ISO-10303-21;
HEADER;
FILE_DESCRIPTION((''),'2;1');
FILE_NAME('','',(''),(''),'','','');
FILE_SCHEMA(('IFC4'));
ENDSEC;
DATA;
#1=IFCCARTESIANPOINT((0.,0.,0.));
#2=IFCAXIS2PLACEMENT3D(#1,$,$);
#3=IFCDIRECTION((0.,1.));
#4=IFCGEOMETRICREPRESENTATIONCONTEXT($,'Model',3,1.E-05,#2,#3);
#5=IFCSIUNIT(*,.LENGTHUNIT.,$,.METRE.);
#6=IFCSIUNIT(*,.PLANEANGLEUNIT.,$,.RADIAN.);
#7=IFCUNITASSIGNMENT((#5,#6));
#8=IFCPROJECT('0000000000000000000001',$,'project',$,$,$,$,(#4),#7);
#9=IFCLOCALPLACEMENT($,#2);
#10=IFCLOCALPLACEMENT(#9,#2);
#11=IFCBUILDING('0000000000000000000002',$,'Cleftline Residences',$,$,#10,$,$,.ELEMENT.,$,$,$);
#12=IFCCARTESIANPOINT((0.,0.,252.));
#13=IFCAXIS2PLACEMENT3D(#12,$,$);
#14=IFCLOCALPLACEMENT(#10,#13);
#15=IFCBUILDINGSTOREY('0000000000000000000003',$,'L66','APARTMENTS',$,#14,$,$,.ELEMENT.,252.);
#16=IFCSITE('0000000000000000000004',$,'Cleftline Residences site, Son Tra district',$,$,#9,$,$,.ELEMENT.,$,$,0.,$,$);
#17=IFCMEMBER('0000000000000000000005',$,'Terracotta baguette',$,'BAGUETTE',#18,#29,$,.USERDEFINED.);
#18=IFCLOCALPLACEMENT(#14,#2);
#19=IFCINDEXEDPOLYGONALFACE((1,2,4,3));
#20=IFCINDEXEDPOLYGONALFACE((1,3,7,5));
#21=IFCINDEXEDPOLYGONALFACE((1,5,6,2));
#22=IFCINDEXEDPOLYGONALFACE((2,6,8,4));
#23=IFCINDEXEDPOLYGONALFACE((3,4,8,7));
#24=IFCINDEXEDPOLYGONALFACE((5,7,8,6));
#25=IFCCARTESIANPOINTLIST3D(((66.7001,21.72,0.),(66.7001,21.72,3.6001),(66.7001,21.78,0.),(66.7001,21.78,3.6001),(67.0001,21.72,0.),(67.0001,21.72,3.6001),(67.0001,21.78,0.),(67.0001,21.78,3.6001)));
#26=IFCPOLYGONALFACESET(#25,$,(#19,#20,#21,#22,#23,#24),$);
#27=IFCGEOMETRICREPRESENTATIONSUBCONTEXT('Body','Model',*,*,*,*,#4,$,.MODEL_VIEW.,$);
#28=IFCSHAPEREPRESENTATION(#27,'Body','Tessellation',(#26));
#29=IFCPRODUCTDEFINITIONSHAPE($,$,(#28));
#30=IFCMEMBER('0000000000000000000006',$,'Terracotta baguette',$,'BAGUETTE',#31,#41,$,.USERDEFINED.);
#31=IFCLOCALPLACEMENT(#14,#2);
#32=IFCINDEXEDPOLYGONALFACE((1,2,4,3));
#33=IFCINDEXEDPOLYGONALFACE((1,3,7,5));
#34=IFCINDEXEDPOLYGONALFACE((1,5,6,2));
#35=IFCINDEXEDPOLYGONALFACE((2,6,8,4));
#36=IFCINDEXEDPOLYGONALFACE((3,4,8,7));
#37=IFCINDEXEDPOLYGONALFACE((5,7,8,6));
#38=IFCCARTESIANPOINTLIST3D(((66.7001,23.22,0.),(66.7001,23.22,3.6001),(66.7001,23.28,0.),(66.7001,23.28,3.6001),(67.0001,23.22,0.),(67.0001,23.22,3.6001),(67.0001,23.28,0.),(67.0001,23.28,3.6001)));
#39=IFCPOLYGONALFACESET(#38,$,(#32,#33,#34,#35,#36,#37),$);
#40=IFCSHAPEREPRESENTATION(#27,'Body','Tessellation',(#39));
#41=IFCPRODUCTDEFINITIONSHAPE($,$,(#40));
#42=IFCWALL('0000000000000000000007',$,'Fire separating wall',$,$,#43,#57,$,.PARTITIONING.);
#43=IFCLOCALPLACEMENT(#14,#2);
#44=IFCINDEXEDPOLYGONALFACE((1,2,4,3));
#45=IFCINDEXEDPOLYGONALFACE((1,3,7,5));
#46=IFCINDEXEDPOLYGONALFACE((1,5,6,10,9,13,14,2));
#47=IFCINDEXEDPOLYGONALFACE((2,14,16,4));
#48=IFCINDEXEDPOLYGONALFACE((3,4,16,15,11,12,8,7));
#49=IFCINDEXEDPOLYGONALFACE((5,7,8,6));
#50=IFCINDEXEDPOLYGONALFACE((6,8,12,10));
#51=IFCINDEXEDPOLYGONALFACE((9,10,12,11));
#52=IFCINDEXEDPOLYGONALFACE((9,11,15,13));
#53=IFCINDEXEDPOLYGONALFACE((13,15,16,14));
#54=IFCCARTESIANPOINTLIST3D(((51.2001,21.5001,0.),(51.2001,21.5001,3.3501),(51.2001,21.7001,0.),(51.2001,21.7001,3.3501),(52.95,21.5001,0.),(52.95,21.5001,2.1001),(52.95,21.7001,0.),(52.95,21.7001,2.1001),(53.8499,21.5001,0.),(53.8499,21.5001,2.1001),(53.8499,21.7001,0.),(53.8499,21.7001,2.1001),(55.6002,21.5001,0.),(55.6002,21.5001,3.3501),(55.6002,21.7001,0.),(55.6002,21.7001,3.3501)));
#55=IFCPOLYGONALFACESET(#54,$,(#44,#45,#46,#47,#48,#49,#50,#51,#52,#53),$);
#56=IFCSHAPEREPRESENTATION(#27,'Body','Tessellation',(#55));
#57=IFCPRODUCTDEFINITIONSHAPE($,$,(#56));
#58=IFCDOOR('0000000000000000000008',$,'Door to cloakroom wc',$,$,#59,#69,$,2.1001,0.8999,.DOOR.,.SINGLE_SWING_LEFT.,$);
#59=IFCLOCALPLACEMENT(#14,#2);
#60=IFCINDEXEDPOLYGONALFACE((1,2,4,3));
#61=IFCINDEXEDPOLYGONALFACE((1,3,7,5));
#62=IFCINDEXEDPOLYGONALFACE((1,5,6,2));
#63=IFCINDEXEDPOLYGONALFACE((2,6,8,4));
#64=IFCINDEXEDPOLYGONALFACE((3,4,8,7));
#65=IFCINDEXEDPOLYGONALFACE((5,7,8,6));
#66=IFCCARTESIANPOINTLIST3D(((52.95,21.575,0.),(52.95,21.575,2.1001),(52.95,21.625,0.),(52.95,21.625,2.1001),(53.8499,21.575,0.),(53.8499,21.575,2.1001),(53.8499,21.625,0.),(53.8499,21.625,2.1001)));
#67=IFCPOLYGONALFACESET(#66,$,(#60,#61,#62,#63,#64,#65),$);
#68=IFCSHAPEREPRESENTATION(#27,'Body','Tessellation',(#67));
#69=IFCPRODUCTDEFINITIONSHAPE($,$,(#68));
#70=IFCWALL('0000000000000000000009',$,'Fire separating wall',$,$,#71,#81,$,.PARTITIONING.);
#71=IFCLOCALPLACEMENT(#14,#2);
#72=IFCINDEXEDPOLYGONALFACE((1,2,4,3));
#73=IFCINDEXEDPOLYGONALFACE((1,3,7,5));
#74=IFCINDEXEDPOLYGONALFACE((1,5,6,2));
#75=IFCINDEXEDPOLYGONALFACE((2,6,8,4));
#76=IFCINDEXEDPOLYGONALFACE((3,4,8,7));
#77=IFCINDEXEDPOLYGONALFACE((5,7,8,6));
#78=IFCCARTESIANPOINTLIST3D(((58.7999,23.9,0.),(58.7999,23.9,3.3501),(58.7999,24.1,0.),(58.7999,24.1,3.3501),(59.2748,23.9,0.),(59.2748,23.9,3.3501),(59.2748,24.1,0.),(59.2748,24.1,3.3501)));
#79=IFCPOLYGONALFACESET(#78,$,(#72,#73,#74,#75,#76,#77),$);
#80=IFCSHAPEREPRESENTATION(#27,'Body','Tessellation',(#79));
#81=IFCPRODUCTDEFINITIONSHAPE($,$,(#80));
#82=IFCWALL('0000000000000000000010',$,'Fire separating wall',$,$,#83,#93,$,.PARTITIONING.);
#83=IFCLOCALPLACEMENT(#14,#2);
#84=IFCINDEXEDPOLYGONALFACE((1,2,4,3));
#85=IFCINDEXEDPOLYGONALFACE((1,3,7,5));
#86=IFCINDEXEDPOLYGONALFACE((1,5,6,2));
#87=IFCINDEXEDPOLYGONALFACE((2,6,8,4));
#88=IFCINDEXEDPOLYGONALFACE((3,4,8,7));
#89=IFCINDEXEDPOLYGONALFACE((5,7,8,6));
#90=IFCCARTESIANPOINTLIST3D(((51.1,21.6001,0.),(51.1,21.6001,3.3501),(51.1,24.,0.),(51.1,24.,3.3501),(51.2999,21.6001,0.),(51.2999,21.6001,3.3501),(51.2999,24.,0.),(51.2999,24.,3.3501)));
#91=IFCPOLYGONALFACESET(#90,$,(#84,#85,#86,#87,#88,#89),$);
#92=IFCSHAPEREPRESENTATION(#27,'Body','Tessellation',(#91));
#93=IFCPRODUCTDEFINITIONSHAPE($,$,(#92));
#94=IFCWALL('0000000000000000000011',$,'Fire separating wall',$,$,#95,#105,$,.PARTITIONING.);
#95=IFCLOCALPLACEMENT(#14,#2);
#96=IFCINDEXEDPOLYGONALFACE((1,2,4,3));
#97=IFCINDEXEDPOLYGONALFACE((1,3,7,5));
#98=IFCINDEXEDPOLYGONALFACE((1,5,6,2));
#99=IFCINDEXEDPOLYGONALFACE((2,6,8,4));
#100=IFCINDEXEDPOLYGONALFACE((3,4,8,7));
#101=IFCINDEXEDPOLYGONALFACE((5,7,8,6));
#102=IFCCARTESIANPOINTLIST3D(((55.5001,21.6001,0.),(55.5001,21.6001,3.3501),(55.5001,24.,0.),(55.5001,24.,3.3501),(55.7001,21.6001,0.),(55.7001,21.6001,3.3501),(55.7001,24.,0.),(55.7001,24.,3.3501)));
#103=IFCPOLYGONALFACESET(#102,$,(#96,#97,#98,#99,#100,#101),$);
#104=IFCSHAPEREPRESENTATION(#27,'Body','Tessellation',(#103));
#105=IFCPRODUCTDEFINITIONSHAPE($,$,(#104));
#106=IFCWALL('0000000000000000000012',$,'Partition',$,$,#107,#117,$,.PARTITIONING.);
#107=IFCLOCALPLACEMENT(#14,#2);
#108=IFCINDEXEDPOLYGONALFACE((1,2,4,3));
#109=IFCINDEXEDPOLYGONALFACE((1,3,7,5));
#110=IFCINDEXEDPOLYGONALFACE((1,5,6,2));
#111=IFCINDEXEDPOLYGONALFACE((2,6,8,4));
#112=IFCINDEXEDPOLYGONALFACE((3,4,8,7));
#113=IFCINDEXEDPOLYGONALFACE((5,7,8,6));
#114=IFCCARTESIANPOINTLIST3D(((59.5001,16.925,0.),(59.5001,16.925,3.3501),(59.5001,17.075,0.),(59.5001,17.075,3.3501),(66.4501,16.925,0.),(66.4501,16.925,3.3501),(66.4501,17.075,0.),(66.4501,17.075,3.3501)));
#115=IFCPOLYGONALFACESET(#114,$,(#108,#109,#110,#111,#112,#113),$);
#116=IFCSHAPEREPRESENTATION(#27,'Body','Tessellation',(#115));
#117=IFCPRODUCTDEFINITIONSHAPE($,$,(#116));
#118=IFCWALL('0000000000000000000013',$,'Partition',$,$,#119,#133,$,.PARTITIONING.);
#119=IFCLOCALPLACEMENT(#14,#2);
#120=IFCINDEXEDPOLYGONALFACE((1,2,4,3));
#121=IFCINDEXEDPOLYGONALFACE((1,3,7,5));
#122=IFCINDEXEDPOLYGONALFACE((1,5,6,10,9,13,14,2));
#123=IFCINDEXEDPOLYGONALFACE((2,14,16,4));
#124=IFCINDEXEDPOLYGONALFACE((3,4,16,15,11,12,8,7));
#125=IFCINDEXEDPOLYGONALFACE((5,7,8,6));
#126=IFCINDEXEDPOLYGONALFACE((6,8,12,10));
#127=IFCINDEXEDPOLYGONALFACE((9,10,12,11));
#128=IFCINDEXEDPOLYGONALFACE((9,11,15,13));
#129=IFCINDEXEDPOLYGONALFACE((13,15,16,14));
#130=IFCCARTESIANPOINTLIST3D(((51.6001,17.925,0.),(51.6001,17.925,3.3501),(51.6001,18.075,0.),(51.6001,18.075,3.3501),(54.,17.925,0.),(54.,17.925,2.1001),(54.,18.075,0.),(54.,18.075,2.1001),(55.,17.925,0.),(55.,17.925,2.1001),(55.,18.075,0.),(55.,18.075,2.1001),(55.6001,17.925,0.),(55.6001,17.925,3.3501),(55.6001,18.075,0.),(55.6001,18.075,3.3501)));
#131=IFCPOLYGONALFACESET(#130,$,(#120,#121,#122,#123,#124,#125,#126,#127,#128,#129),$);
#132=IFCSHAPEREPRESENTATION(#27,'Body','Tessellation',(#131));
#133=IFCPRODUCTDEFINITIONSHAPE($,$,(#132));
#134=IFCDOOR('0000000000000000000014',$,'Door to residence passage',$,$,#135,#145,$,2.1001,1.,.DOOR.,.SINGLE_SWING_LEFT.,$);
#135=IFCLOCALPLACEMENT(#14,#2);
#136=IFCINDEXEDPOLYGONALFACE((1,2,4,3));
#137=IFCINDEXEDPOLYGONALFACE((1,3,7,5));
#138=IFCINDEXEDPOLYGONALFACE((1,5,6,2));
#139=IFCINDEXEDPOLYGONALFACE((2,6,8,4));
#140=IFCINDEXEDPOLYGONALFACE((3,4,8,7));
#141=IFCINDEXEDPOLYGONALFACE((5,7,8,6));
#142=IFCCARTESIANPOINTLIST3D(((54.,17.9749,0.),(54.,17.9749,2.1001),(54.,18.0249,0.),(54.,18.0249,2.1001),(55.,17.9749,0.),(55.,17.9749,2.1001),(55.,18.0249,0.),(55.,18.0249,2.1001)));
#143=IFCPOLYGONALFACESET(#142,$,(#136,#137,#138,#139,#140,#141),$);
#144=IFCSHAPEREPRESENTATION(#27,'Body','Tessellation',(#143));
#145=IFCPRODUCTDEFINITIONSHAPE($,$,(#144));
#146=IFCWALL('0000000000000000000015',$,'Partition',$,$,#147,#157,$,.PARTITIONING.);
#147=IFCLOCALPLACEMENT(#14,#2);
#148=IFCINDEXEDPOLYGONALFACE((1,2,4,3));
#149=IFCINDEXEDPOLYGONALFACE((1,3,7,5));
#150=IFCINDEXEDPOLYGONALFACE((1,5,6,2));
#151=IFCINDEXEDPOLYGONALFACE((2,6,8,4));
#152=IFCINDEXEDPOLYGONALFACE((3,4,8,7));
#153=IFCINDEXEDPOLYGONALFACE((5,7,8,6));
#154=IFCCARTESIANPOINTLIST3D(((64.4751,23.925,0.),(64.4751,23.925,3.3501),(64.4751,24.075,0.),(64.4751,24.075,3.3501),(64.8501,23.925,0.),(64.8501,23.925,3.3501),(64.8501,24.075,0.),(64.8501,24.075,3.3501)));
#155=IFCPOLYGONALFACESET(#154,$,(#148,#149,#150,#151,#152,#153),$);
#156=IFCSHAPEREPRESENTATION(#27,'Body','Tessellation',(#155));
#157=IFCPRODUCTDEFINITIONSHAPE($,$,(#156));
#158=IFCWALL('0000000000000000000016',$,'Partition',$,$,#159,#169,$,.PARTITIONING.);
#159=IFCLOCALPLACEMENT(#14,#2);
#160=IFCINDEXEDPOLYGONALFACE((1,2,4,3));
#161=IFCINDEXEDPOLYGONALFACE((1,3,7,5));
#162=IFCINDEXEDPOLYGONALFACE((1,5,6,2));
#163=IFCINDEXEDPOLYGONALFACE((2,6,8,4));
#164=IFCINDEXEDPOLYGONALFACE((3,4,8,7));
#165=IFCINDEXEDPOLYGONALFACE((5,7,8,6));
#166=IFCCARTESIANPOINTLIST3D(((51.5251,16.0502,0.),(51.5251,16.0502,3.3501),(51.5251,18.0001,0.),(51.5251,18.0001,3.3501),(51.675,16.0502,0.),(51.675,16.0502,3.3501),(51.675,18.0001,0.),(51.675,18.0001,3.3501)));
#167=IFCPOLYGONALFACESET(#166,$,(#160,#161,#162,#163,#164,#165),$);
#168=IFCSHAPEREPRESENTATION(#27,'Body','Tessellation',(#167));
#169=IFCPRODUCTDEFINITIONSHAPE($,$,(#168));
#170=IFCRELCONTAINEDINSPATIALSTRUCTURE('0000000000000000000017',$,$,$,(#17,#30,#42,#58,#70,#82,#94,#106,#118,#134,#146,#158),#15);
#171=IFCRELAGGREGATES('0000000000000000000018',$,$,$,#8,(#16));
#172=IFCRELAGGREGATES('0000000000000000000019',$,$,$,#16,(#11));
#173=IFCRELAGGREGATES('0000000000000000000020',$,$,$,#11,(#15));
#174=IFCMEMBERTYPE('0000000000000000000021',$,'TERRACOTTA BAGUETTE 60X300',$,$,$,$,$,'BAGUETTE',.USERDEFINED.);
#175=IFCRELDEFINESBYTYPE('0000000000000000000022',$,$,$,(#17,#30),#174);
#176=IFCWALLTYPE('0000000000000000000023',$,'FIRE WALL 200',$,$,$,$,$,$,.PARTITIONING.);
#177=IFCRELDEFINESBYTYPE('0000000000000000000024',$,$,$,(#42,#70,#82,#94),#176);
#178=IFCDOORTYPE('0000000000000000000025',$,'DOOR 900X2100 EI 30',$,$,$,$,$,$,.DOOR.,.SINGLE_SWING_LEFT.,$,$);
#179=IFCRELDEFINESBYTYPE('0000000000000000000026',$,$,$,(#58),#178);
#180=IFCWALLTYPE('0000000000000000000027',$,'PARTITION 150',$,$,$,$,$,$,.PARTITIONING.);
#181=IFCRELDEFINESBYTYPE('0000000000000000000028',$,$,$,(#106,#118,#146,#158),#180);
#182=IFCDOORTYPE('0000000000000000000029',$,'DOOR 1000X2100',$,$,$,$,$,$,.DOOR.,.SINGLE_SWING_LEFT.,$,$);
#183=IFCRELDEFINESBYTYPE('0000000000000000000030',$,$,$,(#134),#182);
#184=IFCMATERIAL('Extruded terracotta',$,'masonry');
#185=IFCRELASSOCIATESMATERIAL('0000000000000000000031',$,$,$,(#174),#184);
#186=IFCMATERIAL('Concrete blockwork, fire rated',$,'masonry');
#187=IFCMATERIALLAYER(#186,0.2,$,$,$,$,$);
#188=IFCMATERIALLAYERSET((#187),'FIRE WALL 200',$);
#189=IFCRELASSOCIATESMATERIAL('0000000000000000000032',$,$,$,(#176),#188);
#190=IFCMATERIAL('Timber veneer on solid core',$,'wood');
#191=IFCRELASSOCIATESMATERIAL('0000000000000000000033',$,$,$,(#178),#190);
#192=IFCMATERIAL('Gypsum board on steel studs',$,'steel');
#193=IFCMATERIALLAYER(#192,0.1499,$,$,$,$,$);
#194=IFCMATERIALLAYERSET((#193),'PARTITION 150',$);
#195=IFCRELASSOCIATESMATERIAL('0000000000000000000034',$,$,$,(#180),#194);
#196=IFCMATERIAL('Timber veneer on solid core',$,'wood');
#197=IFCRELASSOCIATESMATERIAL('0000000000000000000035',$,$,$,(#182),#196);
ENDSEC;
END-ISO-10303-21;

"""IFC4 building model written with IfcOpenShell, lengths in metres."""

from ifc_helpers import new_model, si_unit, direction, frame, frame_2d, origin, origin_2d, place, context, subcontext, project, spatial, rectangle, extrude, material, layer, layer_set, material_profile, profile_set, type_object, element, fill, save


model = new_model("IFC4")

# Units and contexts
model_context = context("Model", 3, precision=1e-05, world=origin(), true_north=direction((0.0, 1.0)))
body_context = subcontext(model_context, "Body", "Model", "MODEL_VIEW")
ifc_project = project(units=[si_unit("LENGTHUNIT", "METRE"), si_unit("PLANEANGLEUNIT", "RADIAN")], contexts=[model_context])

# Site, building, storey
site_placement = place(None, origin())
site = spatial("IfcSite", under=ifc_project, at=site_placement, Name="Cleftline Residences site, Son Tra district", CompositionType="ELEMENT", RefElevation=0.0)
building_placement = place(site_placement, origin())
building = spatial("IfcBuilding", under=site, at=building_placement, Name="Cleftline Residences", CompositionType="ELEMENT")
storey_placement = place(building_placement, frame((0.0, 0.0, 252.0)))
storey = spatial("IfcBuildingStorey", under=building, at=storey_placement, Name="L66", Description="APARTMENTS", CompositionType="ELEMENT", Elevation=252.0)

# Members
ifc_material_1 = material(Name="Extruded terracotta", Category="masonry")
ifc_material_profile_1 = material_profile(ifc_material_1, rectangle(XDim=0.0601, YDim=0.3, at=origin_2d()))
ifc_profile_set_1 = profile_set([ifc_material_profile_1], Name="Extruded terracotta")
member_type_1 = type_object("IfcMemberType", Name="TERRACOTTA BAGUETTE 60X300", ElementType="BAGUETTE", PredefinedType="USERDEFINED", material=ifc_profile_set_1)
for number, where, z_axis, x_axis, name in (
    (1, (66.8501, 21.75, 0.0), (0.0, 0.0, 1.0), (0.0, 1.0, 0.0), "Terracotta baguette"),
    (2, (66.8501, 23.25, 0.0), (0.0, 0.0, 1.0), (0.0, 1.0, 0.0), "Terracotta baguette"),
):
    element("IfcMember", number, at=place(storey_placement, frame(where, z_axis=z_axis, x_axis=x_axis)), inside=storey, type_object=member_type_1, Name=name, ObjectType="BAGUETTE", PredefinedType="USERDEFINED", context=body_context, shape_type="SweptSolid", body=[
        extrude(rectangle(XDim=0.0601, YDim=0.3, at=origin_2d()), origin(), (0.0, 0.0, 1.0), 3.6001),
    ])

# Wall, opening, door
ifc_material_2 = material(Name="Concrete blockwork, fire rated", Category="masonry")
ifc_layer_1 = layer(ifc_material_2, 0.2)
ifc_layer_set_1 = layer_set([ifc_layer_1], Name="FIRE WALL 200")
wall_type_1 = type_object("IfcWallType", Name="FIRE WALL 200", PredefinedType="PARTITIONING", material=ifc_layer_set_1)
wall_1_placement = place(storey_placement, frame((51.2, 21.6001, 0.0), z_axis=(0.0, 0.0, 1.0), x_axis=(1.0, 0.0, 0.0)))
wall_1 = element("IfcWall", 3, at=wall_1_placement, inside=storey, type_object=wall_type_1, Name="Fire separating wall", PredefinedType="PARTITIONING", context=body_context, shape_type="SweptSolid", body=[
    extrude(rectangle(XDim=4.4001, YDim=0.2, at=frame_2d((2.2002, 0.0))), origin(), (0.0, 0.0, 1.0), 3.3501),
])
opening_1_placement = place(wall_1_placement, frame((1.75, 0.0, 0.0)))
opening_1 = element("IfcOpeningElement", 4, at=opening_1_placement, cuts=wall_1, PredefinedType="OPENING", context=body_context, shape_type="SweptSolid", body=[
    extrude(rectangle(XDim=0.8999, YDim=2.1001, at=frame_2d((0.45, 1.05))), frame((0.0, 0.1099, 0.0), z_axis=(0.0, -1.0, 0.0), x_axis=(1.0, 0.0, 0.0)), (0.0, 0.0, 1.0), 0.22),
])
ifc_material_3 = material(Name="Timber veneer on solid core", Category="wood")
door_type_1 = type_object("IfcDoorType", Name="DOOR 900X2100 EI 30", OperationType="SINGLE_SWING_LEFT", PredefinedType="DOOR", material=ifc_material_3)
door_1_placement = place(opening_1_placement, origin())
door_1 = element("IfcDoor", 5, at=door_1_placement, inside=storey, type_object=door_type_1, Name="Door to cloakroom wc", OperationType="SINGLE_SWING_LEFT", OverallHeight=2.1001, OverallWidth=0.8999, PredefinedType="DOOR", context=body_context, shape_type="SweptSolid", body=[
    extrude(rectangle(XDim=0.8999, YDim=2.1001, at=frame_2d((0.45, 1.05))), frame((0.0, 0.0249, 0.0), z_axis=(0.0, -1.0, 0.0), x_axis=(1.0, 0.0, 0.0)), (0.0, 0.0, 1.0), 0.05),
])
fill(opening_1, door_1)

# Walls
wall_2_placement = place(storey_placement, frame((58.8, 24.0, 0.0), z_axis=(0.0, 0.0, 1.0), x_axis=(1.0, 0.0, 0.0)))
element("IfcWall", 6, at=wall_2_placement, inside=storey, type_object=wall_type_1, Name="Fire separating wall", PredefinedType="PARTITIONING", context=body_context, shape_type="SweptSolid", body=[
    extrude(rectangle(XDim=0.4749, YDim=0.2, at=frame_2d((0.2373, 0.0))), origin(), (0.0, 0.0, 1.0), 3.3501),
])
for number, where, z_axis, x_axis, name in (
    (7, (51.2, 21.6001, 0.0), (0.0, 0.0, 1.0), (0.0, 1.0, 0.0), "Fire separating wall"),
    (8, (55.6001, 21.6001, 0.0), (0.0, 0.0, 1.0), (0.0, 1.0, 0.0), "Fire separating wall"),
):
    element("IfcWall", number, at=place(storey_placement, frame(where, z_axis=z_axis, x_axis=x_axis)), inside=storey, type_object=wall_type_1, Name=name, PredefinedType="PARTITIONING", context=body_context, shape_type="SweptSolid", body=[
        extrude(rectangle(XDim=2.3999, YDim=0.2, at=frame_2d((1.2, 0.0))), origin(), (0.0, 0.0, 1.0), 3.3501),
    ])
ifc_material_4 = material(Name="Gypsum board on steel studs", Category="steel")
ifc_layer_2 = layer(ifc_material_4, 0.1499)
ifc_layer_set_2 = layer_set([ifc_layer_2], Name="PARTITION 150")
wall_type_2 = type_object("IfcWallType", Name="PARTITION 150", PredefinedType="PARTITIONING", material=ifc_layer_set_2)
wall_3_placement = place(storey_placement, frame((59.5, 17.0, 0.0), z_axis=(0.0, 0.0, 1.0), x_axis=(1.0, 0.0, 0.0)))
element("IfcWall", 9, at=wall_3_placement, inside=storey, type_object=wall_type_2, Name="Partition", PredefinedType="PARTITIONING", context=body_context, shape_type="SweptSolid", body=[
    extrude(rectangle(XDim=6.95, YDim=0.1499, at=frame_2d((3.4751, 0.0))), origin(), (0.0, 0.0, 1.0), 3.3501),
])

# Wall, opening, door
wall_4_placement = place(storey_placement, frame((51.6001, 18.0, 0.0), z_axis=(0.0, 0.0, 1.0), x_axis=(1.0, 0.0, 0.0)))
wall_4 = element("IfcWall", 10, at=wall_4_placement, inside=storey, type_object=wall_type_2, Name="Partition", PredefinedType="PARTITIONING", context=body_context, shape_type="SweptSolid", body=[
    extrude(rectangle(XDim=4.0, YDim=0.1499, at=frame_2d((2.0, 0.0))), origin(), (0.0, 0.0, 1.0), 3.3501),
])
opening_2_placement = place(wall_4_placement, frame((2.3999, 0.0, 0.0)))
opening_2 = element("IfcOpeningElement", 11, at=opening_2_placement, cuts=wall_4, PredefinedType="OPENING", context=body_context, shape_type="SweptSolid", body=[
    extrude(rectangle(XDim=1.0, YDim=2.1001, at=frame_2d((0.5, 1.05))), frame((0.0, 0.085, 0.0), z_axis=(0.0, -1.0, 0.0), x_axis=(1.0, 0.0, 0.0)), (0.0, 0.0, 1.0), 0.1699),
])
ifc_material_5 = material(Name="Timber veneer on solid core", Category="wood")
door_type_2 = type_object("IfcDoorType", Name="DOOR 1000X2100", OperationType="SINGLE_SWING_LEFT", PredefinedType="DOOR", material=ifc_material_5)
door_2_placement = place(opening_2_placement, origin())
door_2 = element("IfcDoor", 12, at=door_2_placement, inside=storey, type_object=door_type_2, Name="Door to residence passage", OperationType="SINGLE_SWING_LEFT", OverallHeight=2.1001, OverallWidth=1.0, PredefinedType="DOOR", context=body_context, shape_type="SweptSolid", body=[
    extrude(rectangle(XDim=1.0, YDim=2.1001, at=frame_2d((0.5, 1.05))), frame((0.0, 0.0249, 0.0), z_axis=(0.0, -1.0, 0.0), x_axis=(1.0, 0.0, 0.0)), (0.0, 0.0, 1.0), 0.05),
])
fill(opening_2, door_2)

# Walls
wall_5_placement = place(storey_placement, frame((64.4751, 24.0, 0.0), z_axis=(0.0, 0.0, 1.0), x_axis=(1.0, 0.0, 0.0)))
element("IfcWall", 13, at=wall_5_placement, inside=storey, type_object=wall_type_2, Name="Partition", PredefinedType="PARTITIONING", context=body_context, shape_type="SweptSolid", body=[
    extrude(rectangle(XDim=0.375, YDim=0.1499, at=frame_2d((0.1875, 0.0))), origin(), (0.0, 0.0, 1.0), 3.3501),
])
wall_6_placement = place(storey_placement, frame((51.6001, 16.05, 0.0), z_axis=(0.0, 0.0, 1.0), x_axis=(0.0, 1.0, 0.0)))
element("IfcWall", 14, at=wall_6_placement, inside=storey, type_object=wall_type_2, Name="Partition", PredefinedType="PARTITIONING", context=body_context, shape_type="SweptSolid", body=[
    extrude(rectangle(XDim=1.95, YDim=0.1499, at=frame_2d((0.9751, 0.0))), origin(), (0.0, 0.0, 1.0), 3.3501),
])

save(model, "model.ifc")
